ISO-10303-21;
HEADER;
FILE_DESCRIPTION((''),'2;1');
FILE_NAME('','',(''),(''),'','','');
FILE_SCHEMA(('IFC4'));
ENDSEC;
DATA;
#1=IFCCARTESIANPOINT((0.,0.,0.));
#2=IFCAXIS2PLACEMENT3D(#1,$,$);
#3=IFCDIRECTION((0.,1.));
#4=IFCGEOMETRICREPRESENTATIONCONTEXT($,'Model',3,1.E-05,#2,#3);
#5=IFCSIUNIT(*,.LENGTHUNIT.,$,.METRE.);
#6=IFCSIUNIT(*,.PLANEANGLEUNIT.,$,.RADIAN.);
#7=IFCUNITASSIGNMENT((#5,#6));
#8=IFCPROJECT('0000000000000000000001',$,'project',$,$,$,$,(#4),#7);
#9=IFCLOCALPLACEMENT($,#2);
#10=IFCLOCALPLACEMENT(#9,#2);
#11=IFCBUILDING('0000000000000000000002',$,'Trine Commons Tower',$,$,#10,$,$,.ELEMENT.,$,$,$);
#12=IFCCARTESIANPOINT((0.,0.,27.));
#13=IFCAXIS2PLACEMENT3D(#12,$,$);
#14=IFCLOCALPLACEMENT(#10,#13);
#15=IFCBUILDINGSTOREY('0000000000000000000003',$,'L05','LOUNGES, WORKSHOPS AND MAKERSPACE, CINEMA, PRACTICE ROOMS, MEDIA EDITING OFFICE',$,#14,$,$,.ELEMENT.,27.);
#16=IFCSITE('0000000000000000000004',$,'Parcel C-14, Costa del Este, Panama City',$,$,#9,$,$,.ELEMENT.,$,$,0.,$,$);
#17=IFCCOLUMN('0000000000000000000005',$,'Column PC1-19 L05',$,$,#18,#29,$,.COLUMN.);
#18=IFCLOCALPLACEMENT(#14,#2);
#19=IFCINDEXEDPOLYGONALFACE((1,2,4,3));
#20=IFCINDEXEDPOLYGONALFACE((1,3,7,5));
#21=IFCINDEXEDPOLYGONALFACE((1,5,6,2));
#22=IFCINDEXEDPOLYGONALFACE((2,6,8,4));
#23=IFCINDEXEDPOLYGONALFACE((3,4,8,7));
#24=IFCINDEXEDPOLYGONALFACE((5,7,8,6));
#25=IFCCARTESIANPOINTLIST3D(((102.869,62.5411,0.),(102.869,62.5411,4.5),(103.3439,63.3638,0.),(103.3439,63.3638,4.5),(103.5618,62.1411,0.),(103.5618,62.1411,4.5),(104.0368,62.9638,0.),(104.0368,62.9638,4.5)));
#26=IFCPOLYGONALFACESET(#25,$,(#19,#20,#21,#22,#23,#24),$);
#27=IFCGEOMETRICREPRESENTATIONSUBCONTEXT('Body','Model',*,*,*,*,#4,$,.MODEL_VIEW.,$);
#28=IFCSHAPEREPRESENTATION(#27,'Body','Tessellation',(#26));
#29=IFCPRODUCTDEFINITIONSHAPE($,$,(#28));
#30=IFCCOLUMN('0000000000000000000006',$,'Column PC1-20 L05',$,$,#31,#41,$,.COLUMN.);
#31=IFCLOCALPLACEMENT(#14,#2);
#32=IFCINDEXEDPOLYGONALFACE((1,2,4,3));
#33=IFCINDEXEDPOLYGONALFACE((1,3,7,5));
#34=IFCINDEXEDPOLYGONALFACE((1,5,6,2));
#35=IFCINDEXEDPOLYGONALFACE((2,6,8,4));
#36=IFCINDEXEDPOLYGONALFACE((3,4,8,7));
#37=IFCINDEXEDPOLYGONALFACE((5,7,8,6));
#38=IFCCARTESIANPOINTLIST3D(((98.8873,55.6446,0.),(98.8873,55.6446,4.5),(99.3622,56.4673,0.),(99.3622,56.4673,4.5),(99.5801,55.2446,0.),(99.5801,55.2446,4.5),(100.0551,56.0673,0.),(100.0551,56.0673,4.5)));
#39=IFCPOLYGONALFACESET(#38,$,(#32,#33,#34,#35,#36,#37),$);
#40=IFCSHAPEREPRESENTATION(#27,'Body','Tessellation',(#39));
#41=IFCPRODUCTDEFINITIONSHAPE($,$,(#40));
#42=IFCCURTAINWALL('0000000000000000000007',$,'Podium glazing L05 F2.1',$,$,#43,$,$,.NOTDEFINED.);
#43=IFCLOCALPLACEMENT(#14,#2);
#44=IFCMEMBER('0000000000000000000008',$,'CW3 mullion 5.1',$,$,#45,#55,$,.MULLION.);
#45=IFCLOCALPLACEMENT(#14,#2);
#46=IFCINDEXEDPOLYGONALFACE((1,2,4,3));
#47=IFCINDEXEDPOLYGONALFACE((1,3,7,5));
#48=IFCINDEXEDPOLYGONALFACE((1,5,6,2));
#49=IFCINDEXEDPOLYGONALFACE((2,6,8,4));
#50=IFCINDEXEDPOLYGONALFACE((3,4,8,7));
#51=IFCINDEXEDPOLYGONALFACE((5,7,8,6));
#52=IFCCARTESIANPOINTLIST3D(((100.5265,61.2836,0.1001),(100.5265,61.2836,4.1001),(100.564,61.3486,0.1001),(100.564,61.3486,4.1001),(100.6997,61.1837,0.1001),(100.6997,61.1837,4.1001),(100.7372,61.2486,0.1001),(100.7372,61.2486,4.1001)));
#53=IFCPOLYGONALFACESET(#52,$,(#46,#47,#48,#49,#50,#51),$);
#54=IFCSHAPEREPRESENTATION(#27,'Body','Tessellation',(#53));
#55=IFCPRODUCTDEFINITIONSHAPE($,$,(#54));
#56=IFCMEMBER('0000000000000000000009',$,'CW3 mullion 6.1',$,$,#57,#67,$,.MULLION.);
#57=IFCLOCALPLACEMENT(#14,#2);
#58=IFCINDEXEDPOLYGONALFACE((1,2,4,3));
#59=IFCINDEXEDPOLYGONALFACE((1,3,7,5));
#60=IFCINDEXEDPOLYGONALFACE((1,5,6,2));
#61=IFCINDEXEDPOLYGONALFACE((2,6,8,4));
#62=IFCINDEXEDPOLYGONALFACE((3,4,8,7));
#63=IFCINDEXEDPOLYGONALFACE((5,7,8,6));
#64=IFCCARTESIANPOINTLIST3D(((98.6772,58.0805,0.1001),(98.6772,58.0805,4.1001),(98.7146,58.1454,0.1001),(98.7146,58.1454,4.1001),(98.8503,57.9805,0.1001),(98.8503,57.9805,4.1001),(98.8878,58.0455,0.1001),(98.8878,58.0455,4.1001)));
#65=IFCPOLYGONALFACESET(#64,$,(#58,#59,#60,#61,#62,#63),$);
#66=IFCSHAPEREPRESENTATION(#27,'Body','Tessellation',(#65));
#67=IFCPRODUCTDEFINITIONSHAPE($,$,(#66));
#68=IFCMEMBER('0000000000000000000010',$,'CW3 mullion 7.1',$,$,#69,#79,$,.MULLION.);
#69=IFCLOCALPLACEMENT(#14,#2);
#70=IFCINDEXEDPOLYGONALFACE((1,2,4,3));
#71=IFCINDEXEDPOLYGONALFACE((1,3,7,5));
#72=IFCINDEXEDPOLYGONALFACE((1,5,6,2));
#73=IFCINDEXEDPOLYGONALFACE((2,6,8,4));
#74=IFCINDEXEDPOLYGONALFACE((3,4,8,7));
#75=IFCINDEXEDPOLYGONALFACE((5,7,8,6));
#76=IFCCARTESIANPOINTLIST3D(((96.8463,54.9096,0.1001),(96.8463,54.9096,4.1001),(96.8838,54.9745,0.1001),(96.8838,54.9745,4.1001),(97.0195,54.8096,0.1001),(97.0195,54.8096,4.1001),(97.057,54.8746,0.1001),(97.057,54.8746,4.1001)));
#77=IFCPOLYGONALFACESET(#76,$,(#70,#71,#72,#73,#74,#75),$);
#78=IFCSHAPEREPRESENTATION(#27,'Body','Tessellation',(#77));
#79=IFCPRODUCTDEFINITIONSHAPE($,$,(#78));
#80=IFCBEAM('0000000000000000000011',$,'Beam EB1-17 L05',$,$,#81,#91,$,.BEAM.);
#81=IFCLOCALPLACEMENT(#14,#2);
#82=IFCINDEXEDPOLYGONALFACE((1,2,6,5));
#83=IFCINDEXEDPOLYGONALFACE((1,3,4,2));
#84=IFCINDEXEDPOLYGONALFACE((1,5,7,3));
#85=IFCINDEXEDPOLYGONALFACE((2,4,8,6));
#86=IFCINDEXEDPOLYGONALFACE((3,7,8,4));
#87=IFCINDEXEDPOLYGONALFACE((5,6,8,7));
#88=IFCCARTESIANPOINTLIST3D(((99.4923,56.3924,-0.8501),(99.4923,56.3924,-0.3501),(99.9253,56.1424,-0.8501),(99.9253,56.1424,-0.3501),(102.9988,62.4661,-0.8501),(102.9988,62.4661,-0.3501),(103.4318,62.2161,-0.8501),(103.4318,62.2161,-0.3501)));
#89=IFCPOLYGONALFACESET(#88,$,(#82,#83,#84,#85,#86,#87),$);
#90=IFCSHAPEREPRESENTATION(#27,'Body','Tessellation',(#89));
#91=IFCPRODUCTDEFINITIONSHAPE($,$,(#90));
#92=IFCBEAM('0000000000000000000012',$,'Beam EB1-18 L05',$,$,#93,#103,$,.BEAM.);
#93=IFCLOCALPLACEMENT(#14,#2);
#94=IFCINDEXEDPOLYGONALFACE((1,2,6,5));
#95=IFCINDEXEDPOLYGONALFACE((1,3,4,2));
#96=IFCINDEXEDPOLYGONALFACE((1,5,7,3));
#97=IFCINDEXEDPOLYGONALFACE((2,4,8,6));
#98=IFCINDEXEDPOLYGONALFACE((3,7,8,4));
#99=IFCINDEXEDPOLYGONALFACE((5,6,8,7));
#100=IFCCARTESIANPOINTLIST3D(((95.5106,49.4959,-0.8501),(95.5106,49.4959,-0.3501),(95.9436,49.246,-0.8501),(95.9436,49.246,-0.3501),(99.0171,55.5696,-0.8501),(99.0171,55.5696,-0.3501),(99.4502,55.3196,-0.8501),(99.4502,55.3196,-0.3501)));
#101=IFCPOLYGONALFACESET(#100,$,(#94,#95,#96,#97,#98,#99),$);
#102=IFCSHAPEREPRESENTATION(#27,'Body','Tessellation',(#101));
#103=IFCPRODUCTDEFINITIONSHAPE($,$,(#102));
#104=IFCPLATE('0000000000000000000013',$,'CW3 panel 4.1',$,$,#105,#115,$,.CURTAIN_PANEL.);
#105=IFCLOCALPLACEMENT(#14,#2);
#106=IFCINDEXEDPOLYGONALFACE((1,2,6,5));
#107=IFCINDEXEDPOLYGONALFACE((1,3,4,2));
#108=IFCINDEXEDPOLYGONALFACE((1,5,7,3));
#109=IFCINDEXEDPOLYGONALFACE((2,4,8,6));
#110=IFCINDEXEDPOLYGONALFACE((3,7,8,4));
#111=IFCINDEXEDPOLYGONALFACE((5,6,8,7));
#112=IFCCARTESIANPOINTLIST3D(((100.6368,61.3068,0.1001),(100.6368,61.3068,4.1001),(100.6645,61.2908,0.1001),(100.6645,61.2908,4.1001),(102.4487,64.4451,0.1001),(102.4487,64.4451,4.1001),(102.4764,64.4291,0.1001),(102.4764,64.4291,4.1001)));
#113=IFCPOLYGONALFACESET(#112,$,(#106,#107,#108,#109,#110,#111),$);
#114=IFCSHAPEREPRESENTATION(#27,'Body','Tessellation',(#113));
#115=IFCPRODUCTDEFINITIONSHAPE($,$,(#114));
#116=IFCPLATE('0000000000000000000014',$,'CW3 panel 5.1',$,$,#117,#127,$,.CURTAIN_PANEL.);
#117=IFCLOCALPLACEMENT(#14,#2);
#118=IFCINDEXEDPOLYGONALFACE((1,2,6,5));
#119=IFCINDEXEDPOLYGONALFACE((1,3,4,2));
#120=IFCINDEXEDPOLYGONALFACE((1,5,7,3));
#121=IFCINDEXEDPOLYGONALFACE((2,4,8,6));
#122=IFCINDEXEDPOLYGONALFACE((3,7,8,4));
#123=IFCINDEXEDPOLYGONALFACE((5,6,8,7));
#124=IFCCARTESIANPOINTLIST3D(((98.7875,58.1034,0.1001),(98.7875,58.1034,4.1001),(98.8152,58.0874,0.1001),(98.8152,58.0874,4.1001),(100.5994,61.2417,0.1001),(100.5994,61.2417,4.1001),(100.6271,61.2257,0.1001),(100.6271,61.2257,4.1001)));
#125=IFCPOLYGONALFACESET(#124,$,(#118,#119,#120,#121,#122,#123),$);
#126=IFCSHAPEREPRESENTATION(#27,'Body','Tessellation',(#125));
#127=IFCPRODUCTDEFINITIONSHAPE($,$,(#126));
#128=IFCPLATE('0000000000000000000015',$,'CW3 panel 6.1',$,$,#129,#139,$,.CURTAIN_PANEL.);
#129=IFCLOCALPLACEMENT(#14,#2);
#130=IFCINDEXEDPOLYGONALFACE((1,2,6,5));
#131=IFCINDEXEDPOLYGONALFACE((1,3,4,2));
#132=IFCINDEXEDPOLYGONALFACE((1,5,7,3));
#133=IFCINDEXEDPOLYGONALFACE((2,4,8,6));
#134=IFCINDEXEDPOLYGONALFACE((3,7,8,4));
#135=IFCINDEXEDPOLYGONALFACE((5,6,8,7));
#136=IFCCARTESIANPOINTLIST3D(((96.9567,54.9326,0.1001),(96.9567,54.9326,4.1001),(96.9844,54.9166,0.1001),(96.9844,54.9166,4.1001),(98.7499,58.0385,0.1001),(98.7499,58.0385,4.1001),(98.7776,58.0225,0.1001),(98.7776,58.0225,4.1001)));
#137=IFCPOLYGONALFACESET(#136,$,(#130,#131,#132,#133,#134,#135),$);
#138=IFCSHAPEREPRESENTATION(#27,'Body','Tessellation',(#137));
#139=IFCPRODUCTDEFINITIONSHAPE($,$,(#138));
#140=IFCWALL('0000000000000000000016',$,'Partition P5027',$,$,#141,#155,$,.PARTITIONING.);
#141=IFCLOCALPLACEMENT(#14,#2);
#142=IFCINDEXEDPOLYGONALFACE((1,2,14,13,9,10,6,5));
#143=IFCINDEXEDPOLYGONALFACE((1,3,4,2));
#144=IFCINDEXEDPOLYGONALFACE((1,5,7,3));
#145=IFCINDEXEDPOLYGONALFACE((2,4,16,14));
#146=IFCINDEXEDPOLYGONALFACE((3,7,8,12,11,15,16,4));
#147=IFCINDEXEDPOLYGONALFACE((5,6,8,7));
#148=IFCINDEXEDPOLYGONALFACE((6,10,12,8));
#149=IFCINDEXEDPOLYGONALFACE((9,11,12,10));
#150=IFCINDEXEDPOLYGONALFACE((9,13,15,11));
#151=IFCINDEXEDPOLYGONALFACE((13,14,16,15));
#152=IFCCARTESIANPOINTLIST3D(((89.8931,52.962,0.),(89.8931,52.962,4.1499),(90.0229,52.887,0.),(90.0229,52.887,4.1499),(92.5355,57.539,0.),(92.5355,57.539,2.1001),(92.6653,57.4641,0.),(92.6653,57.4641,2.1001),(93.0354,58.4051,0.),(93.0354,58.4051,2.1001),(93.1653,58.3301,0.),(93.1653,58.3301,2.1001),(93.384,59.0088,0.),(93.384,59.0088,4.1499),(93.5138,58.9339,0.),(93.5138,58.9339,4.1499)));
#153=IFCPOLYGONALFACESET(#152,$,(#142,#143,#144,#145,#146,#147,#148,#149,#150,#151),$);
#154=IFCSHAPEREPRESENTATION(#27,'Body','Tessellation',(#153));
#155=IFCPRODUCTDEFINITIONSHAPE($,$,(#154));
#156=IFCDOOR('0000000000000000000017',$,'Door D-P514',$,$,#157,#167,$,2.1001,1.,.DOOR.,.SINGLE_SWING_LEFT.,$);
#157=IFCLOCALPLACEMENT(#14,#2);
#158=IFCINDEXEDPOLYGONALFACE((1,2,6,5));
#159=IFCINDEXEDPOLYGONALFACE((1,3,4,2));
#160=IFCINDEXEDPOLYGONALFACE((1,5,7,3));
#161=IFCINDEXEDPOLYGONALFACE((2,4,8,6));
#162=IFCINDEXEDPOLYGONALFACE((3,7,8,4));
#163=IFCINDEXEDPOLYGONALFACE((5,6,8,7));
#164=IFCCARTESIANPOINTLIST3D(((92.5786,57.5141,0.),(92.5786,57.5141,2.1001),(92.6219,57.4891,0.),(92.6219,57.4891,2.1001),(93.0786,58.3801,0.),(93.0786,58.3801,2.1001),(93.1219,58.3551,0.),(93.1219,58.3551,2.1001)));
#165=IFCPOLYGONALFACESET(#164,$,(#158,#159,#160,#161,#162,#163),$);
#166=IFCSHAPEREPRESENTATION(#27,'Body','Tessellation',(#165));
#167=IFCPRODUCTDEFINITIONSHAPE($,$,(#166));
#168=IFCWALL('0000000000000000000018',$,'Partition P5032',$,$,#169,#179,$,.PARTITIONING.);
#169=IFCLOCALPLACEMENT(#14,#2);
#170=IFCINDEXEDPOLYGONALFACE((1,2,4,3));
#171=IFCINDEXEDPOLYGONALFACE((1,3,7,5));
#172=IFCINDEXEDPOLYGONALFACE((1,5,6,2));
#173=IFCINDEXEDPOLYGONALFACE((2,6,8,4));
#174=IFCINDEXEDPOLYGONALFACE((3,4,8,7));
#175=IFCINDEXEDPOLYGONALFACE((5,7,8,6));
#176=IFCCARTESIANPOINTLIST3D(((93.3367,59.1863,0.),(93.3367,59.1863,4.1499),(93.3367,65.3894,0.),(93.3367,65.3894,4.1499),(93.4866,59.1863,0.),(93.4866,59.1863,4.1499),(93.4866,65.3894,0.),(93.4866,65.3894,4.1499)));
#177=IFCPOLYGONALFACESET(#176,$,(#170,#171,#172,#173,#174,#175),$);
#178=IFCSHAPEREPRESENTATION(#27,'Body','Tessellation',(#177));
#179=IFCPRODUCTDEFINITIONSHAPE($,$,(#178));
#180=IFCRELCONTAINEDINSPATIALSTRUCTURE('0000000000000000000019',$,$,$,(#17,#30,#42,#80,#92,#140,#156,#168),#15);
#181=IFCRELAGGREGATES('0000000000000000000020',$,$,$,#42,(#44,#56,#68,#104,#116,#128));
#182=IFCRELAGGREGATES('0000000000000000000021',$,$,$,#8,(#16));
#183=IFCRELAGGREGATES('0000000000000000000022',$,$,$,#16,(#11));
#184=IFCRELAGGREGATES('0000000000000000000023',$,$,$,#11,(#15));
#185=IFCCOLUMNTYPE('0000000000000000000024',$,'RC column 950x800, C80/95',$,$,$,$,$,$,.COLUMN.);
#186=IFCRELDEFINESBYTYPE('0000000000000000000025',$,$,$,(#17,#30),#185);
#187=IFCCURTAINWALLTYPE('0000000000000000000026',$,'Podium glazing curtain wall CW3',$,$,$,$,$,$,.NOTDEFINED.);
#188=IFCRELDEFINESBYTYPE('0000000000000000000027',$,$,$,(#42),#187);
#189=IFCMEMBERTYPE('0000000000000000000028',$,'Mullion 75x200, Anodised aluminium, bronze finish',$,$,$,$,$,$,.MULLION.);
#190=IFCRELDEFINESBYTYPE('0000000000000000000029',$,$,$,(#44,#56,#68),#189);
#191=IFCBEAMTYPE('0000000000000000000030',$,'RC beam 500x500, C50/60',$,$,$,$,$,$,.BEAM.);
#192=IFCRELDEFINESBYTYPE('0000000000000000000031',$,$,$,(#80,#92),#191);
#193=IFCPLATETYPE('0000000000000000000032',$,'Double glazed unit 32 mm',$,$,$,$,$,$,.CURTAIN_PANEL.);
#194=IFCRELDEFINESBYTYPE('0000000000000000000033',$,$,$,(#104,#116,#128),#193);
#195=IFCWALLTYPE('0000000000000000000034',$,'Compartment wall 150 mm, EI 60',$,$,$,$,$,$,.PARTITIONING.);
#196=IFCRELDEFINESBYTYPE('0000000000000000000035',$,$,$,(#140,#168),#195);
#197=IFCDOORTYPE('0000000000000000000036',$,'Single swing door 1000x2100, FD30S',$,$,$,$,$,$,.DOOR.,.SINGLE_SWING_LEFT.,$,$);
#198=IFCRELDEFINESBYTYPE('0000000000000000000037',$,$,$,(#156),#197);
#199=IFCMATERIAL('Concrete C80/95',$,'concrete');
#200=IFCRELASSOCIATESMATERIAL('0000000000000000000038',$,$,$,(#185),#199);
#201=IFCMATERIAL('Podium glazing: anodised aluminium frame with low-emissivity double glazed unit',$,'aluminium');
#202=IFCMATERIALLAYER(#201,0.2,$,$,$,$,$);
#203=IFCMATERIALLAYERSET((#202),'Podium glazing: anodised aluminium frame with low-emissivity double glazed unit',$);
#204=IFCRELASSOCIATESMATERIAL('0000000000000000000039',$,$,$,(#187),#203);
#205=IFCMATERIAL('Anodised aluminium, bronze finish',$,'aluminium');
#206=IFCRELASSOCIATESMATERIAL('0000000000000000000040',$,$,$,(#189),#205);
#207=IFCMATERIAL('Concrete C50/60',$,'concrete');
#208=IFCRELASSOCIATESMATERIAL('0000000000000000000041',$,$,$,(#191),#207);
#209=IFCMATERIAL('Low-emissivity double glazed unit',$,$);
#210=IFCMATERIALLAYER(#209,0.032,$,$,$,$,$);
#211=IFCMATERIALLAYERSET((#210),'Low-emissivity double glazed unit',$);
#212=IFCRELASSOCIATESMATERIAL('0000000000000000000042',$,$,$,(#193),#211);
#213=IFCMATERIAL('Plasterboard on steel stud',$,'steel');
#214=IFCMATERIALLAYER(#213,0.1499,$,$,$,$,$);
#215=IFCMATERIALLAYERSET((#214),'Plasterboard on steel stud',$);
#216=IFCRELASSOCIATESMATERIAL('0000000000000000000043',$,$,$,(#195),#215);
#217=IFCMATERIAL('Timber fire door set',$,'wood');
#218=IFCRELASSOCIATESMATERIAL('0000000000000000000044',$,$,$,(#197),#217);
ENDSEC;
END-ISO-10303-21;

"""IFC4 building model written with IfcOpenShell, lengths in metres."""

from ifc_helpers import new_model, si_unit, direction, frame, frame_2d, origin, origin_2d, place, context, subcontext, project, spatial, rectangle, extrude, material, layer, layer_set, material_profile, profile_set, type_object, element, fill, aggregate, save


model = new_model("IFC4")

# Units and contexts
model_context = context("Model", 3, precision=1e-05, world=origin(), true_north=direction((0.0, 1.0)))
body_context = subcontext(model_context, "Body", "Model", "MODEL_VIEW")
ifc_project = project(units=[si_unit("LENGTHUNIT", "METRE"), si_unit("PLANEANGLEUNIT", "RADIAN")], contexts=[model_context])

# Site, building, storey
site_placement = place(None, origin())
site = spatial("IfcSite", under=ifc_project, at=site_placement, Name="Parcel C-14, Costa del Este, Panama City", CompositionType="ELEMENT", RefElevation=0.0)
building_placement = place(site_placement, origin())
building = spatial("IfcBuilding", under=site, at=building_placement, Name="Trine Commons Tower", CompositionType="ELEMENT")
storey_placement = place(building_placement, frame((0.0, 0.0, 27.0)))
storey = spatial("IfcBuildingStorey", under=building, at=storey_placement, Name="L05", Description="LOUNGES, WORKSHOPS AND MAKERSPACE, CINEMA, PRACTICE ROOMS, MEDIA EDITING OFFICE", CompositionType="ELEMENT", Elevation=27.0)

# Columns
ifc_material_1 = material(Name="Concrete C80/95", Category="concrete")
ifc_material_profile_1 = material_profile(ifc_material_1, rectangle(XDim=0.95, YDim=0.8, at=origin_2d()), Name="RC 950x800")
ifc_profile_set_1 = profile_set([ifc_material_profile_1], Name="Concrete C80/95")
column_type = type_object("IfcColumnType", Name="RC column 950x800, C80/95", PredefinedType="COLUMN", material=ifc_profile_set_1)
for number, where, z_axis, x_axis, name in (
    (1, (103.4529, 62.7524, 0.0), (0.0, 0.0, 1.0), (0.5, 0.866025, 0.0), "Column PC1-19 L05"),
    (2, (99.4712, 55.856, 0.0), (0.0, 0.0, 1.0), (0.5, 0.866025, 0.0), "Column PC1-20 L05"),
):
    element("IfcColumn", number, at=place(storey_placement, frame(where, z_axis=z_axis, x_axis=x_axis)), inside=storey, type_object=column_type, Name=name, PredefinedType="COLUMN", context=body_context, shape_type="SweptSolid", body=[
        extrude(rectangle(XDim=0.95, YDim=0.8, at=origin_2d()), origin(), (0.0, 0.0, 1.0), 4.5),
    ])

# Curtain wall, members
ifc_material_2 = material(Name="Podium glazing: anodised aluminium frame with low-emissivity double glazed unit", Category="aluminium")
ifc_layer_1 = layer(ifc_material_2, 0.2)
ifc_layer_set_1 = layer_set([ifc_layer_1], Name="Podium glazing: anodised aluminium frame with low-emissivity double glazed unit")
curtain_wall_type = type_object("IfcCurtainWallType", Name="Podium glazing curtain wall CW3", PredefinedType="NOTDEFINED", material=ifc_layer_set_1)
curtain_wall_placement = place(storey_placement, origin())
curtain_wall = element("IfcCurtainWall", 3, at=curtain_wall_placement, inside=storey, type_object=curtain_wall_type, Name="Podium glazing L05 F2.1", PredefinedType="NOTDEFINED")
ifc_material_3 = material(Name="Anodised aluminium, bronze finish", Category="aluminium")
ifc_material_profile_2 = material_profile(ifc_material_3, rectangle(XDim=0.2, YDim=0.075, at=origin_2d()), Name="Mullion 75x200")
ifc_profile_set_2 = profile_set([ifc_material_profile_2], Name="Anodised aluminium, bronze finish")
member_type = type_object("IfcMemberType", Name="Mullion 75x200, Anodised aluminium, bronze finish", PredefinedType="MULLION", material=ifc_profile_set_2)
member_1_placement = place(storey_placement, frame((100.6318, 61.2661, 0.1001), z_axis=(0.0, 0.0, 1.0), x_axis=(0.866025, -0.5, 0.0)))
member_1 = element("IfcMember", 4, at=member_1_placement, type_object=member_type, Name="CW3 mullion 5.1", PredefinedType="MULLION", context=body_context, shape_type="SweptSolid", body=[
    extrude(rectangle(XDim=0.2, YDim=0.075, at=origin_2d()), origin(), (0.0, 0.0, 1.0), 4.0),
])
member_2_placement = place(storey_placement, frame((98.7825, 58.063, 0.1001), z_axis=(0.0, 0.0, 1.0), x_axis=(0.866025, -0.5, 0.0)))
member_2 = element("IfcMember", 5, at=member_2_placement, type_object=member_type, Name="CW3 mullion 6.1", PredefinedType="MULLION", context=body_context, shape_type="SweptSolid", body=[
    extrude(rectangle(XDim=0.2, YDim=0.075, at=origin_2d()), origin(), (0.0, 0.0, 1.0), 4.0),
])
member_3_placement = place(storey_placement, frame((96.9517, 54.8921, 0.1001), z_axis=(0.0, 0.0, 1.0), x_axis=(0.866025, -0.5, 0.0)))
member_3 = element("IfcMember", 6, at=member_3_placement, type_object=member_type, Name="CW3 mullion 7.1", PredefinedType="MULLION", context=body_context, shape_type="SweptSolid", body=[
    extrude(rectangle(XDim=0.2, YDim=0.075, at=origin_2d()), origin(), (0.0, 0.0, 1.0), 4.0),
])

# Beams
ifc_material_4 = material(Name="Concrete C50/60", Category="concrete")
ifc_material_profile_3 = material_profile(ifc_material_4, rectangle(XDim=0.5, YDim=0.5, at=origin_2d()), Name="RC 500x500")
ifc_profile_set_3 = profile_set([ifc_material_profile_3], Name="Concrete C50/60")
beam_type = type_object("IfcBeamType", Name="RC beam 500x500, C50/60", PredefinedType="BEAM", material=ifc_profile_set_3)
for number, where, z_axis, x_axis, name in (
    (7, (103.2153, 62.3411, -0.6001), (-0.499992, -0.86603, 0.0), (0.86603, -0.499992, 0.0), "Beam EB1-17 L05"),
    (8, (99.2336, 55.4446, -0.6001), (-0.499992, -0.86603, 0.0), (0.86603, -0.499992, 0.0), "Beam EB1-18 L05"),
):
    element("IfcBeam", number, at=place(storey_placement, frame(where, z_axis=z_axis, x_axis=x_axis)), inside=storey, type_object=beam_type, Name=name, PredefinedType="BEAM", context=body_context, shape_type="SweptSolid", body=[
        extrude(rectangle(XDim=0.5, YDim=0.5, at=origin_2d()), origin(), (0.0, 0.0, 1.0), 7.0132),
    ])

# Plates
ifc_material_5 = material(Name="Low-emissivity double glazed unit")
ifc_layer_2 = layer(ifc_material_5, 0.032)
ifc_layer_set_2 = layer_set([ifc_layer_2], Name="Low-emissivity double glazed unit")
plate_type = type_object("IfcPlateType", Name="Double glazed unit 32 mm", PredefinedType="CURTAIN_PANEL", material=ifc_layer_set_2)
plate_1_placement = place(storey_placement, frame((101.5566, 62.8679, 0.1001), z_axis=(0.0, 0.0, 1.0), x_axis=(-0.5, -0.866025, 0.0)))
plate_1 = element("IfcPlate", 9, at=plate_1_placement, type_object=plate_type, Name="CW3 panel 4.1", PredefinedType="CURTAIN_PANEL", context=body_context, shape_type="SweptSolid", body=[
    extrude(rectangle(XDim=3.6238, YDim=0.032, at=origin_2d()), origin(), (0.0, 0.0, 1.0), 4.0),
])
plate_2_placement = place(storey_placement, frame((99.7073, 59.6646, 0.1001), z_axis=(0.0, 0.0, 1.0), x_axis=(-0.5, -0.866025, 0.0)))
plate_2 = element("IfcPlate", 10, at=plate_2_placement, type_object=plate_type, Name="CW3 panel 5.1", PredefinedType="CURTAIN_PANEL", context=body_context, shape_type="SweptSolid", body=[
    extrude(rectangle(XDim=3.6238, YDim=0.032, at=origin_2d()), origin(), (0.0, 0.0, 1.0), 4.0),
])
plate_3_placement = place(storey_placement, frame((97.8672, 56.4775, 0.1001), z_axis=(0.0, 0.0, 1.0), x_axis=(-0.5, -0.866025, 0.0)))
plate_3 = element("IfcPlate", 11, at=plate_3_placement, type_object=plate_type, Name="CW3 panel 6.1", PredefinedType="CURTAIN_PANEL", context=body_context, shape_type="SweptSolid", body=[
    extrude(rectangle(XDim=3.5864, YDim=0.032, at=origin_2d()), origin(), (0.0, 0.0, 1.0), 4.0),
])
aggregate(curtain_wall, [member_1, member_2, member_3, plate_1, plate_2, plate_3])

# Wall, opening, door
ifc_material_6 = material(Name="Plasterboard on steel stud", Category="steel")
ifc_layer_3 = layer(ifc_material_6, 0.1499)
ifc_layer_set_3 = layer_set([ifc_layer_3], Name="Plasterboard on steel stud")
wall_type_1 = type_object("IfcWallType", Name="Compartment wall 150 mm, EI 60", PredefinedType="PARTITIONING", material=ifc_layer_set_3)
wall_1_placement = place(storey_placement, frame((93.449, 58.9714, 0.0), z_axis=(0.0, 0.0, 1.0), x_axis=(-0.499979, -0.866038, 0.0)))
wall_1 = element("IfcWall", 12, at=wall_1_placement, inside=storey, type_object=wall_type_1, Name="Partition P5027", PredefinedType="PARTITIONING", context=body_context, shape_type="SweptSolid", body=[
    extrude(rectangle(XDim=6.9822, YDim=0.1499, at=frame_2d((3.4912, 0.0))), origin(), (0.0, 0.0, 1.0), 4.1499),
])
opening_1_placement = place(wall_1_placement, frame((0.6973, 0.0, 0.0)))
opening_1 = element("IfcOpeningElement", 13, at=opening_1_placement, cuts=wall_1, PredefinedType="OPENING", context=body_context, shape_type="SweptSolid", body=[
    extrude(rectangle(XDim=1.0, YDim=2.1001, at=frame_2d((0.5, 1.05))), frame((0.0, 0.085, 0.0), z_axis=(0.0, -1.0, 0.0), x_axis=(1.0, 0.0, 0.0)), (0.0, 0.0, 1.0), 0.1699),
])
ifc_material_7 = material(Name="Timber fire door set", Category="wood")
door_type_1 = type_object("IfcDoorType", Name="Single swing door 1000x2100, FD30S", OperationType="SINGLE_SWING_LEFT", PredefinedType="DOOR", material=ifc_material_7)
door_1_placement = place(opening_1_placement, origin())
door_1 = element("IfcDoor", 14, at=door_1_placement, inside=storey, type_object=door_type_1, Name="Door D-P514", OperationType="SINGLE_SWING_LEFT", OverallHeight=2.1001, OverallWidth=1.0, PredefinedType="DOOR", context=body_context, shape_type="SweptSolid", body=[
    extrude(rectangle(XDim=1.0, YDim=2.1001, at=frame_2d((0.5, 1.05))), frame((0.0, 0.0249, 0.0), z_axis=(0.0, -1.0, 0.0), x_axis=(1.0, 0.0, 0.0)), (0.0, 0.0, 1.0), 0.05),
])
fill(opening_1, door_1)

# Wall
wall_2_placement = place(storey_placement, frame((93.4116, 59.1863, 0.0), z_axis=(0.0, 0.0, 1.0), x_axis=(0.0, 1.0, 0.0)))
element("IfcWall", 15, at=wall_2_placement, inside=storey, type_object=wall_type_1, Name="Partition P5032", PredefinedType="PARTITIONING", context=body_context, shape_type="SweptSolid", body=[
    extrude(rectangle(XDim=6.2031, YDim=0.1499, at=frame_2d((3.1016, 0.0))), origin(), (0.0, 0.0, 1.0), 4.1499),
])

save(model, "model.ifc")
